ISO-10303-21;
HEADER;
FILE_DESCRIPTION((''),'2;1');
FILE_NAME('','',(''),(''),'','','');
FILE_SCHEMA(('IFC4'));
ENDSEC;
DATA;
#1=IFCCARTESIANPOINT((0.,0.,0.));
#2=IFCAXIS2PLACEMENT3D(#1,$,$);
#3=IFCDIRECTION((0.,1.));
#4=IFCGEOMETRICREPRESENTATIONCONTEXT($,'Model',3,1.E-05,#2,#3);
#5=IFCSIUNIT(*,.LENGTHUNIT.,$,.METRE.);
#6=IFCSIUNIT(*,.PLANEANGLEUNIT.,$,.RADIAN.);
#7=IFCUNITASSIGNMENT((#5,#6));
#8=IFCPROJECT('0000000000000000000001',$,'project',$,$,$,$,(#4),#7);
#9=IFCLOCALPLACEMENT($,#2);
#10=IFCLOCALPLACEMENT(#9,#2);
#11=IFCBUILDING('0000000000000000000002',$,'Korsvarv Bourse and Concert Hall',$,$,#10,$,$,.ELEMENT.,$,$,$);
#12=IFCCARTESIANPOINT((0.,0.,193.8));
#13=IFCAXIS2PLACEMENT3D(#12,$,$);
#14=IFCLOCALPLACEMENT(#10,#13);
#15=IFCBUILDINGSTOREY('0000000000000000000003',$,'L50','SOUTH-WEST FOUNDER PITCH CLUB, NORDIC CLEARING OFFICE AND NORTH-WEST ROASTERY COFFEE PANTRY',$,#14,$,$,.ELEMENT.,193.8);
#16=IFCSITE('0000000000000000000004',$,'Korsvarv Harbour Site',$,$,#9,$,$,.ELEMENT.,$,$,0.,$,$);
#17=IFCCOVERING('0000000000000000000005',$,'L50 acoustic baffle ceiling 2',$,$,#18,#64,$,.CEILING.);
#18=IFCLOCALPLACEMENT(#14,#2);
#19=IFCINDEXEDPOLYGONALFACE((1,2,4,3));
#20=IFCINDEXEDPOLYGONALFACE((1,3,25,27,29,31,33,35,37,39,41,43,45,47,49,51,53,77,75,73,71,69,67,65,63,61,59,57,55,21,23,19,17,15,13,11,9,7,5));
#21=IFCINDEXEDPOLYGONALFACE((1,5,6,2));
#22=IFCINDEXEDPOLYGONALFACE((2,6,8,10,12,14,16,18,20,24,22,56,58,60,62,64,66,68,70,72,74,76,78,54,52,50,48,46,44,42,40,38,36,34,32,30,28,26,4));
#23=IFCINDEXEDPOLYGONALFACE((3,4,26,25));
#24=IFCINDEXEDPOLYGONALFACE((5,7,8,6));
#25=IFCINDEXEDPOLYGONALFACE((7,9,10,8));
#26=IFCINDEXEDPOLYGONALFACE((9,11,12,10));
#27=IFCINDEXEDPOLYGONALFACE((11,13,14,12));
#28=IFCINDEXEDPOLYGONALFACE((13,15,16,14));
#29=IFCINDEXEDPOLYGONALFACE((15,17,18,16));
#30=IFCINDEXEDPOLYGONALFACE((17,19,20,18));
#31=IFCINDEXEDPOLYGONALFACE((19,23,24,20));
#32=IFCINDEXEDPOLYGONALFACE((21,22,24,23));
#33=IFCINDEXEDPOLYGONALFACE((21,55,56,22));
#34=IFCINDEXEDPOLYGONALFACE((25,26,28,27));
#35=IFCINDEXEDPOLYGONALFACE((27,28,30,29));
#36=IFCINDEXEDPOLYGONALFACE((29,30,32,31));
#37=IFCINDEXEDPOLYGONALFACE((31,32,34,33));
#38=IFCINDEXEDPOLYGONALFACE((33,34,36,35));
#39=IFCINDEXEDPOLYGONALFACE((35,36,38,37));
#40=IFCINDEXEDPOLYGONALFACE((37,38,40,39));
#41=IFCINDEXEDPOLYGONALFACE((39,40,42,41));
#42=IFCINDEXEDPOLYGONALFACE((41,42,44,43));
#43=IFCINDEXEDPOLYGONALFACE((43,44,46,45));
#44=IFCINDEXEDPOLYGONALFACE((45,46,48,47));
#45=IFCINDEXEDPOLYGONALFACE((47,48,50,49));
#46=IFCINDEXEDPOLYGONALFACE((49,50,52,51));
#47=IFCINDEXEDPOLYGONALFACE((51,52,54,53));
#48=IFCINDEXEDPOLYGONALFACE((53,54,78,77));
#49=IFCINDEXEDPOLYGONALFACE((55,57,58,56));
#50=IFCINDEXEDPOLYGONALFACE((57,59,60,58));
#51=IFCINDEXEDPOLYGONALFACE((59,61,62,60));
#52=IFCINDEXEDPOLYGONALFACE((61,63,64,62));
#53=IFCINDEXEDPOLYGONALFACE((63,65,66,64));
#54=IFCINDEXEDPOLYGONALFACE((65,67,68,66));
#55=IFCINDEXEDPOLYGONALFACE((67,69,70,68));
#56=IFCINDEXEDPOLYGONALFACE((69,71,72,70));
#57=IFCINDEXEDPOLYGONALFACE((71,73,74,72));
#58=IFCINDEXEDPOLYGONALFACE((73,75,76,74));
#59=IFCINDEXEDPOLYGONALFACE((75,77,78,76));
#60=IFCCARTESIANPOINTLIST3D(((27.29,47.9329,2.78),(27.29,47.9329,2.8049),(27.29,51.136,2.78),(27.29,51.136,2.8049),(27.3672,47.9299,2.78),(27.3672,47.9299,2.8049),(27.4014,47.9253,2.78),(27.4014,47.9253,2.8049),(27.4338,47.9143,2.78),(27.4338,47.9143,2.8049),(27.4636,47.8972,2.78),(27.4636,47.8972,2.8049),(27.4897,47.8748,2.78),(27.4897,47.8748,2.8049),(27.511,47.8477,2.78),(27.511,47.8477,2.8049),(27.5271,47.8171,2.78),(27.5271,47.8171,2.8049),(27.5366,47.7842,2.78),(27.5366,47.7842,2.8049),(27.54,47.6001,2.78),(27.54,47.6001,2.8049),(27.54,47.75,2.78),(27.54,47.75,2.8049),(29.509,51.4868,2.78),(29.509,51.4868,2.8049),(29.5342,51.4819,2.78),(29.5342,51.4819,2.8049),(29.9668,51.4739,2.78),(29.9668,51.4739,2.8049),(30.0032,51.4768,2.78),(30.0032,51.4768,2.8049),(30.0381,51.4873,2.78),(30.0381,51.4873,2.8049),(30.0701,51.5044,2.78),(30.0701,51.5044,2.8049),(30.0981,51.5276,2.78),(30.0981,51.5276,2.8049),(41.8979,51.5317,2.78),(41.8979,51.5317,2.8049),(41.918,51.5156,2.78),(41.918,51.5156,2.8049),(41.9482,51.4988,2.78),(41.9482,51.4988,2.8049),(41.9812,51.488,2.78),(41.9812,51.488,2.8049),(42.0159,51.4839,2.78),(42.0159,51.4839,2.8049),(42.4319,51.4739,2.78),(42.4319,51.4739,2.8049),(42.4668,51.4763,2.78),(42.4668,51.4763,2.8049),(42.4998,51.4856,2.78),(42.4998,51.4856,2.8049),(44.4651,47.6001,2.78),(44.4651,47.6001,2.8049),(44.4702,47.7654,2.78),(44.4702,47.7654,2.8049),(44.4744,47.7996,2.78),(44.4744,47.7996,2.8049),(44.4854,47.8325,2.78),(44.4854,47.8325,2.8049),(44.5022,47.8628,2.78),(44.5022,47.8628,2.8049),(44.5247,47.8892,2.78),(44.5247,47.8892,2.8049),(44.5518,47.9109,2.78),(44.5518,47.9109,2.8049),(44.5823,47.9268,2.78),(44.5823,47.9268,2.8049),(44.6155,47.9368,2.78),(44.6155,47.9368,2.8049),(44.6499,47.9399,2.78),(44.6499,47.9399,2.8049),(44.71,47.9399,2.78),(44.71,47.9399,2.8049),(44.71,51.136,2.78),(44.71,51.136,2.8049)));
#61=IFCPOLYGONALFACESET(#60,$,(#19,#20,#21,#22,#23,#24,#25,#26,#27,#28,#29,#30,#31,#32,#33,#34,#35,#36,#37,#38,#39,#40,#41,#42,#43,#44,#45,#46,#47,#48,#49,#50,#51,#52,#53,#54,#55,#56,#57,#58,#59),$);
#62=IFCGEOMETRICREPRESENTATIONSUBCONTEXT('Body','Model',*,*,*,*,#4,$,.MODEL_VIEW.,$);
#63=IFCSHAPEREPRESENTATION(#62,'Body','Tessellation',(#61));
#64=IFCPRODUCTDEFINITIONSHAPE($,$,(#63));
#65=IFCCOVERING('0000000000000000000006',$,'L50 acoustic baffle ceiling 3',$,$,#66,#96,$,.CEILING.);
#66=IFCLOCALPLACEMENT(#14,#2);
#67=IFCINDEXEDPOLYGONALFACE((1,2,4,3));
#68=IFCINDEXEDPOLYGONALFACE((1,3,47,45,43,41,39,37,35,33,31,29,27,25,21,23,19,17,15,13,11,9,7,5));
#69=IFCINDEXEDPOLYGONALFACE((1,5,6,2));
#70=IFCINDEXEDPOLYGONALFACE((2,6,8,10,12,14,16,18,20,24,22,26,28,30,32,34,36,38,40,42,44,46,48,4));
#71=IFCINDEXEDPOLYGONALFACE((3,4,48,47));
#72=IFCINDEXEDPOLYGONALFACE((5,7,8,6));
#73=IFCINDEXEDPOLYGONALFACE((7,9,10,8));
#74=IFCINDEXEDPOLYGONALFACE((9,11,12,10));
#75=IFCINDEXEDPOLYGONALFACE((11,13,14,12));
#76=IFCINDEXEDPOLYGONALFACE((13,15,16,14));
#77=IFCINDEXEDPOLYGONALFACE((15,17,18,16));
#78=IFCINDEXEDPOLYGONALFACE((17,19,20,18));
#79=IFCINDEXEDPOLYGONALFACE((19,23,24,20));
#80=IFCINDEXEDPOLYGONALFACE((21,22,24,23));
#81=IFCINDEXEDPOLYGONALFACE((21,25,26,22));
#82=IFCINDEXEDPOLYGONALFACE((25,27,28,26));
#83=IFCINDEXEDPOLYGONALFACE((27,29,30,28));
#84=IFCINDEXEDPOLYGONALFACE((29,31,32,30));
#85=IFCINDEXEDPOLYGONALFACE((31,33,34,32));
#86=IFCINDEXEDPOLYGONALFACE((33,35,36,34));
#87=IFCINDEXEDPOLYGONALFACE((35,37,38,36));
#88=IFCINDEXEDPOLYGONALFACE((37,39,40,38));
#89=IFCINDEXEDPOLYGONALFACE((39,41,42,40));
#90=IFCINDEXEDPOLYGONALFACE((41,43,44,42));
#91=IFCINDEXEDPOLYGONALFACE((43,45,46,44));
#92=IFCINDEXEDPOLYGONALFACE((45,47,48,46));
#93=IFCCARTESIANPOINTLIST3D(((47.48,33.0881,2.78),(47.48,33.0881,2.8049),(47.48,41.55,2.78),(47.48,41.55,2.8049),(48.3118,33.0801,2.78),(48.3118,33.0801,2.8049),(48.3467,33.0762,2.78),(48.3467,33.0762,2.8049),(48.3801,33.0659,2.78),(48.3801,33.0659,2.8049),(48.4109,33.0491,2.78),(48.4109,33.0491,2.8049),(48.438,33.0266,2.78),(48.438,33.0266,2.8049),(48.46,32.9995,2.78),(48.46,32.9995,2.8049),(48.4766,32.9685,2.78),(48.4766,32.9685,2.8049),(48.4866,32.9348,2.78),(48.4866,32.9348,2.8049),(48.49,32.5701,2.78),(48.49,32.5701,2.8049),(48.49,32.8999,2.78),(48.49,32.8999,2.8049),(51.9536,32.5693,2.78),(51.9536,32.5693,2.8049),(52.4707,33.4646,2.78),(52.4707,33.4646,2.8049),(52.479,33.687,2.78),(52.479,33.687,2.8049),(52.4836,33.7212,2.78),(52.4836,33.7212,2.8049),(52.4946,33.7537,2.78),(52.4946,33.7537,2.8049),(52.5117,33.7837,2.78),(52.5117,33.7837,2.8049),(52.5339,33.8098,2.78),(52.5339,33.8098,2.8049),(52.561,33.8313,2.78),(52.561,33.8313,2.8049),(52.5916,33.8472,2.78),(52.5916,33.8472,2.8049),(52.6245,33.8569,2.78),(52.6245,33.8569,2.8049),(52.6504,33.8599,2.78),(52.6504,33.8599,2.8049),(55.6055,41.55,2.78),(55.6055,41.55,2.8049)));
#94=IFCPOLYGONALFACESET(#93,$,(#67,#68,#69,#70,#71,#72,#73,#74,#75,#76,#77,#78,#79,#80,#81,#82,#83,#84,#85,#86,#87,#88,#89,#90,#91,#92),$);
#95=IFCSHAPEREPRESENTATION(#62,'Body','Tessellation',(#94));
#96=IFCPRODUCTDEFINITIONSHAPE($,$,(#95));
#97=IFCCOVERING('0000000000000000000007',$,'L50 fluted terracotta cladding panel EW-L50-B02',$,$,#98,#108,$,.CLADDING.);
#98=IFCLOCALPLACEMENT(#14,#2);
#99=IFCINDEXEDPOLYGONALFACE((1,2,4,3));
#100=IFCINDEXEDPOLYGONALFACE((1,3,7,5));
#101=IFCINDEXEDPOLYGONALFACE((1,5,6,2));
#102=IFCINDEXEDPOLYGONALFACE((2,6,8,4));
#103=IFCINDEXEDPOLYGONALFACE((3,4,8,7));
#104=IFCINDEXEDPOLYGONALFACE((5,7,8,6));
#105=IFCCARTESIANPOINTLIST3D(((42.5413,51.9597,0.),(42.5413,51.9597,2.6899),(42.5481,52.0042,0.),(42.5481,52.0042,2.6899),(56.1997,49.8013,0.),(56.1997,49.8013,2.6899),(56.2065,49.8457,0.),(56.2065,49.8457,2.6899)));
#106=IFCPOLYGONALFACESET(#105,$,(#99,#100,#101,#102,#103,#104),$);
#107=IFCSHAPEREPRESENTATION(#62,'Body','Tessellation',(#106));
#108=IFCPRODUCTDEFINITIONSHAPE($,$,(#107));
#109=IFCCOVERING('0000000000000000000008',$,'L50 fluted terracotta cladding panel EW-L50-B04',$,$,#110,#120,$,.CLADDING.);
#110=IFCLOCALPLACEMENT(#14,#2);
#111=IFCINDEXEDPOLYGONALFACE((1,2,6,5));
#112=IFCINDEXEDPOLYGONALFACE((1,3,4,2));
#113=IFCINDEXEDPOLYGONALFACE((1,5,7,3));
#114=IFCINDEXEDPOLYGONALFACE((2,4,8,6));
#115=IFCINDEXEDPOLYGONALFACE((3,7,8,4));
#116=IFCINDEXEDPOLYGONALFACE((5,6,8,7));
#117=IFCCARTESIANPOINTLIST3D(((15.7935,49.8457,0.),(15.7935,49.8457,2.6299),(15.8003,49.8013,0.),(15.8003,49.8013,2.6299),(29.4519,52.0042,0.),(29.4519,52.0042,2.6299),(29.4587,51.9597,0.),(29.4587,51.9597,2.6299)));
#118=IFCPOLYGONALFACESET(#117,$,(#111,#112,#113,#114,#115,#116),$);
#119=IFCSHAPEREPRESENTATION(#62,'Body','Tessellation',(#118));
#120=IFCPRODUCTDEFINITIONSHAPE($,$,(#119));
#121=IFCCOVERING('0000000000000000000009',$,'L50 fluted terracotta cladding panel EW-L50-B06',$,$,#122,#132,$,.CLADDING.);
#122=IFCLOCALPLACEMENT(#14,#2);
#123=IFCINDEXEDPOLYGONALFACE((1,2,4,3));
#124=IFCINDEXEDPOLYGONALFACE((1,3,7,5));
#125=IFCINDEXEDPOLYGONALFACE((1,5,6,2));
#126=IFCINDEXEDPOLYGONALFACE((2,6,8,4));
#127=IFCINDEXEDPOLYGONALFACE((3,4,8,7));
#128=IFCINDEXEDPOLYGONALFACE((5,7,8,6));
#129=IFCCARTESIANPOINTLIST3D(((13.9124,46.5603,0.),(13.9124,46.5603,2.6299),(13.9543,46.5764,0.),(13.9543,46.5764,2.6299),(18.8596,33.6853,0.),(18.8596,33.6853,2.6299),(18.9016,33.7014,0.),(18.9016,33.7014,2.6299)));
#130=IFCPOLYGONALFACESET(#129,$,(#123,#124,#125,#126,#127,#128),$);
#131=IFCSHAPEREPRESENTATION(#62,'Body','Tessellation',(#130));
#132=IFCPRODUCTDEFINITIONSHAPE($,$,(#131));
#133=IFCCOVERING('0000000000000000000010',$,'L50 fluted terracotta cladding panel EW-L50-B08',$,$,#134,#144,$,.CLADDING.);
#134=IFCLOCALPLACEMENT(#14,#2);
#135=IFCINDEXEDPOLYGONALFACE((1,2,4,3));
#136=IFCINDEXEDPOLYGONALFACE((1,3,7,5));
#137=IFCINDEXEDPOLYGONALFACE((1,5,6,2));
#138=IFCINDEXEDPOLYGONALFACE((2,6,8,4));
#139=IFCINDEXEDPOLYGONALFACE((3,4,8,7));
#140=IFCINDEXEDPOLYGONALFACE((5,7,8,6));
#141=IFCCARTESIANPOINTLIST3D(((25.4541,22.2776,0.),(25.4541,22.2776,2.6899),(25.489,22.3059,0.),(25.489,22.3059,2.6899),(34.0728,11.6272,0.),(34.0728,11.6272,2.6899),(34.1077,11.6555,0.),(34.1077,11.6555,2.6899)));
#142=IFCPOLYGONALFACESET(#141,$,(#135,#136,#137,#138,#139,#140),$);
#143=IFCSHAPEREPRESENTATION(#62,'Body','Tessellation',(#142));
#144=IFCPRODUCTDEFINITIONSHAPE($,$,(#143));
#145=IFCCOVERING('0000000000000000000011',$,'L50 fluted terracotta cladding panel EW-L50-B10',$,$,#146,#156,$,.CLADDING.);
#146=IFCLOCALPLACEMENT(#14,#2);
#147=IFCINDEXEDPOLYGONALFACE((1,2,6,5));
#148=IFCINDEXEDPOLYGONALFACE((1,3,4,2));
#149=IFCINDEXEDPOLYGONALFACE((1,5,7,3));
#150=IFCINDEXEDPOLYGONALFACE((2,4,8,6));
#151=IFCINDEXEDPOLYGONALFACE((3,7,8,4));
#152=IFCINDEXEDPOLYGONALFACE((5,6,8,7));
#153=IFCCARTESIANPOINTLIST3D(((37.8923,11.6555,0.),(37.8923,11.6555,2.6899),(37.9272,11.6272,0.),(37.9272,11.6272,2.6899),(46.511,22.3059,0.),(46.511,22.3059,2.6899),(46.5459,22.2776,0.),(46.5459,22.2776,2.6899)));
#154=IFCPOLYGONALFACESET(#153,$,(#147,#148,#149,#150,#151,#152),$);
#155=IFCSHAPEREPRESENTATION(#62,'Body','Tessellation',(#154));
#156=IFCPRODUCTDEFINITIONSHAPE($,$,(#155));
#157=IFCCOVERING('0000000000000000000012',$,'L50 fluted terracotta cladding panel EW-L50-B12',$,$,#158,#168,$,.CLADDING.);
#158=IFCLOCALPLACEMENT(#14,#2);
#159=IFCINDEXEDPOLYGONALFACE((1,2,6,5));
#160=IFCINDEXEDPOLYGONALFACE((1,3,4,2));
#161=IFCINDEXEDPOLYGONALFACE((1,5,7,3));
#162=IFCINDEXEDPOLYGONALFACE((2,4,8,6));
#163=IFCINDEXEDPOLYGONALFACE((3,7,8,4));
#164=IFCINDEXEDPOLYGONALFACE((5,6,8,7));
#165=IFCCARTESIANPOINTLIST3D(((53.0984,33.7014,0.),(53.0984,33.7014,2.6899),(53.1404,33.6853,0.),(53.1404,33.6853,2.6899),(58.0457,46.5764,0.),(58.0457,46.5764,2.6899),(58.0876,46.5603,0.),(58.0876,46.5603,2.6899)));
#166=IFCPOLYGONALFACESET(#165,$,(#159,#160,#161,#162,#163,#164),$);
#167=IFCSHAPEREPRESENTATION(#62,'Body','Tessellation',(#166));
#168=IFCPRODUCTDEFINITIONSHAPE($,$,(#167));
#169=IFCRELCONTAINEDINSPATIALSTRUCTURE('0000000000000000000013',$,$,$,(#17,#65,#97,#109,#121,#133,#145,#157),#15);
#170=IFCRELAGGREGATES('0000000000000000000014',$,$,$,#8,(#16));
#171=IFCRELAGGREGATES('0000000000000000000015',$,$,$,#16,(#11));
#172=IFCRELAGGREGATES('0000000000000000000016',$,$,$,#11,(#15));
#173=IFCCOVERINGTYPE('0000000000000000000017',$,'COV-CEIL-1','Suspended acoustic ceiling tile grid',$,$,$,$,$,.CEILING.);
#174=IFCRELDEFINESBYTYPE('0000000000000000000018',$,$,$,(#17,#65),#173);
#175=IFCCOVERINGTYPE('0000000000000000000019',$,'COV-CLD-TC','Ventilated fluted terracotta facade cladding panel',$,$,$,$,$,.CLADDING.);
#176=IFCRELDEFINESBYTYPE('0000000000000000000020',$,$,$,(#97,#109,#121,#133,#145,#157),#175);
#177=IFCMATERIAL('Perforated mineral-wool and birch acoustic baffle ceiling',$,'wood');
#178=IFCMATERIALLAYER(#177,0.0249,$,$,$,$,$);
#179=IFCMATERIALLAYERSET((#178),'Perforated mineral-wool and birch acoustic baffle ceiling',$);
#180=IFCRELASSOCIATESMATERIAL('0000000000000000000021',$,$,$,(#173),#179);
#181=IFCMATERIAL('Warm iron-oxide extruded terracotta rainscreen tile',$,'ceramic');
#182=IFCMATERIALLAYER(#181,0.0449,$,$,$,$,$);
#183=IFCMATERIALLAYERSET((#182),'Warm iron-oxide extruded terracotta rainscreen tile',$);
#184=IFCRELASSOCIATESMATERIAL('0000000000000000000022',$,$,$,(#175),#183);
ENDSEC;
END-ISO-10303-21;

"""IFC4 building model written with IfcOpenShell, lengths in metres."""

from ifc_helpers import new_model, si_unit, direction, frame, origin, place, context, subcontext, project, spatial, polyline, outline, extrude, material, layer, layer_set, type_object, element, save


model = new_model("IFC4")

# Units and contexts
model_context = context("Model", 3, precision=1e-05, world=origin(), true_north=direction((0.0, 1.0)))
body_context = subcontext(model_context, "Body", "Model", "MODEL_VIEW")
ifc_project = project(units=[si_unit("LENGTHUNIT", "METRE"), si_unit("PLANEANGLEUNIT", "RADIAN")], contexts=[model_context])

# Site, building, storey
site_placement = place(None, origin())
site = spatial("IfcSite", under=ifc_project, at=site_placement, Name="Korsvarv Harbour Site", CompositionType="ELEMENT", RefElevation=0.0)
building_placement = place(site_placement, origin())
building = spatial("IfcBuilding", under=site, at=building_placement, Name="Korsvarv Bourse and Concert Hall", CompositionType="ELEMENT")
storey_placement = place(building_placement, frame((0.0, 0.0, 193.8)))
storey = spatial("IfcBuildingStorey", under=building, at=storey_placement, Name="L50", Description="SOUTH-WEST FOUNDER PITCH CLUB, NORDIC CLEARING OFFICE AND NORTH-WEST ROASTERY COFFEE PANTRY", CompositionType="ELEMENT", Elevation=193.8)

# Coverings
ifc_material_1 = material(Name="Perforated mineral-wool and birch acoustic baffle ceiling", Category="wood")
ifc_layer_1 = layer(ifc_material_1, 0.0249)
ifc_layer_set_1 = layer_set([ifc_layer_1], Name="Perforated mineral-wool and birch acoustic baffle ceiling")
covering_type_1 = type_object("IfcCoveringType", Name="COV-CEIL-1", Description="Suspended acoustic ceiling tile grid", PredefinedType="CEILING", material=ifc_layer_set_1)
covering_1_placement = place(storey_placement, frame((0.0, 0.0, 2.78)))
element("IfcCovering", 1, at=covering_1_placement, inside=storey, type_object=covering_type_1, Name="L50 acoustic baffle ceiling 2", PredefinedType="CEILING", context=body_context, shape_type="SweptSolid", body=[
    extrude(outline(polyline([(29.509, 51.4868), (29.5342, 51.4819), (29.9668, 51.4739), (30.0032, 51.4768), (30.0381, 51.4873), (30.0701, 51.5044), (30.0981, 51.5276), (41.8979, 51.5317), (41.918, 51.5156), (41.9482, 51.4988), (41.9812, 51.488), (42.0159, 51.4839), (42.4319, 51.4739), (42.4668, 51.4763), (42.4998, 51.4856), (44.71, 51.136), (44.71, 47.9399), (44.6499, 47.9399), (44.6155, 47.9368), (44.5823, 47.9268), (44.5518, 47.9109), (44.5247, 47.8892), (44.5022, 47.8628), (44.4854, 47.8325), (44.4744, 47.7996), (44.4702, 47.7654), (44.4651, 47.6001), (27.54, 47.6001), (27.54, 47.75), (27.5366, 47.7842), (27.5271, 47.8171), (27.511, 47.8477), (27.4897, 47.8748), (27.4636, 47.8972), (27.4338, 47.9143), (27.4014, 47.9253), (27.3672, 47.9299), (27.29, 47.9329), (27.29, 51.136), (29.509, 51.4868)])), origin(), (0.0, 0.0, 1.0), 0.0249),
])
covering_2_placement = place(storey_placement, frame((0.0, 0.0, 2.78)))
element("IfcCovering", 2, at=covering_2_placement, inside=storey, type_object=covering_type_1, Name="L50 acoustic baffle ceiling 3", PredefinedType="CEILING", context=body_context, shape_type="SweptSolid", body=[
    extrude(outline(polyline([(48.49, 32.5701), (48.49, 32.8999), (48.4866, 32.9348), (48.4766, 32.9685), (48.46, 32.9995), (48.438, 33.0266), (48.4109, 33.0491), (48.3801, 33.0659), (48.3467, 33.0762), (48.3118, 33.0801), (47.48, 33.0881), (47.48, 41.55), (55.6055, 41.55), (52.6504, 33.8599), (52.6245, 33.8569), (52.5916, 33.8472), (52.561, 33.8313), (52.5339, 33.8098), (52.5117, 33.7837), (52.4946, 33.7537), (52.4836, 33.7212), (52.479, 33.687), (52.4707, 33.4646), (51.9536, 32.5693), (48.49, 32.5701)])), origin(), (0.0, 0.0, 1.0), 0.0249),
])
ifc_material_2 = material(Name="Warm iron-oxide extruded terracotta rainscreen tile", Category="ceramic")
ifc_layer_2 = layer(ifc_material_2, 0.0449)
ifc_layer_set_2 = layer_set([ifc_layer_2], Name="Warm iron-oxide extruded terracotta rainscreen tile")
covering_type_2 = type_object("IfcCoveringType", Name="COV-CLD-TC", Description="Ventilated fluted terracotta facade cladding panel", PredefinedType="CLADDING", material=ifc_layer_set_2)
covering_3_placement = place(storey_placement, origin())
element("IfcCovering", 3, at=covering_3_placement, inside=storey, type_object=covering_type_2, Name="L50 fluted terracotta cladding panel EW-L50-B02", PredefinedType="CLADDING", context=body_context, shape_type="SweptSolid", body=[
    extrude(outline(polyline([(56.1997, 49.8013), (42.5413, 51.9597), (42.5481, 52.0042), (56.2065, 49.8457), (56.1997, 49.8013)])), origin(), (0.0, 0.0, 1.0), 2.6899),
])
covering_4_placement = place(storey_placement, origin())
element("IfcCovering", 4, at=covering_4_placement, inside=storey, type_object=covering_type_2, Name="L50 fluted terracotta cladding panel EW-L50-B04", PredefinedType="CLADDING", context=body_context, shape_type="SweptSolid", body=[
    extrude(outline(polyline([(29.4587, 51.9597), (15.8003, 49.8013), (15.7935, 49.8457), (29.4519, 52.0042), (29.4587, 51.9597)])), origin(), (0.0, 0.0, 1.0), 2.6299),
])
covering_5_placement = place(storey_placement, origin())
element("IfcCovering", 5, at=covering_5_placement, inside=storey, type_object=covering_type_2, Name="L50 fluted terracotta cladding panel EW-L50-B06", PredefinedType="CLADDING", context=body_context, shape_type="SweptSolid", body=[
    extrude(outline(polyline([(13.9543, 46.5764), (18.9016, 33.7014), (18.8596, 33.6853), (13.9124, 46.5603), (13.9543, 46.5764)])), origin(), (0.0, 0.0, 1.0), 2.6299),
])
covering_6_placement = place(storey_placement, origin())
element("IfcCovering", 6, at=covering_6_placement, inside=storey, type_object=covering_type_2, Name="L50 fluted terracotta cladding panel EW-L50-B08", PredefinedType="CLADDING", context=body_context, shape_type="SweptSolid", body=[
    extrude(outline(polyline([(25.489, 22.3059), (34.1077, 11.6555), (34.0728, 11.6272), (25.4541, 22.2776), (25.489, 22.3059)])), origin(), (0.0, 0.0, 1.0), 2.6899),
])
covering_7_placement = place(storey_placement, origin())
element("IfcCovering", 7, at=covering_7_placement, inside=storey, type_object=covering_type_2, Name="L50 fluted terracotta cladding panel EW-L50-B10", PredefinedType="CLADDING", context=body_context, shape_type="SweptSolid", body=[
    extrude(outline(polyline([(37.8923, 11.6555), (46.511, 22.3059), (46.5459, 22.2776), (37.9272, 11.6272), (37.8923, 11.6555)])), origin(), (0.0, 0.0, 1.0), 2.6899),
])
covering_8_placement = place(storey_placement, origin())
element("IfcCovering", 8, at=covering_8_placement, inside=storey, type_object=covering_type_2, Name="L50 fluted terracotta cladding panel EW-L50-B12", PredefinedType="CLADDING", context=body_context, shape_type="SweptSolid", body=[
    extrude(outline(polyline([(53.0984, 33.7014), (58.0457, 46.5764), (58.0876, 46.5603), (53.1404, 33.6853), (53.0984, 33.7014)])), origin(), (0.0, 0.0, 1.0), 2.6899),
])

save(model, "model.ifc")
